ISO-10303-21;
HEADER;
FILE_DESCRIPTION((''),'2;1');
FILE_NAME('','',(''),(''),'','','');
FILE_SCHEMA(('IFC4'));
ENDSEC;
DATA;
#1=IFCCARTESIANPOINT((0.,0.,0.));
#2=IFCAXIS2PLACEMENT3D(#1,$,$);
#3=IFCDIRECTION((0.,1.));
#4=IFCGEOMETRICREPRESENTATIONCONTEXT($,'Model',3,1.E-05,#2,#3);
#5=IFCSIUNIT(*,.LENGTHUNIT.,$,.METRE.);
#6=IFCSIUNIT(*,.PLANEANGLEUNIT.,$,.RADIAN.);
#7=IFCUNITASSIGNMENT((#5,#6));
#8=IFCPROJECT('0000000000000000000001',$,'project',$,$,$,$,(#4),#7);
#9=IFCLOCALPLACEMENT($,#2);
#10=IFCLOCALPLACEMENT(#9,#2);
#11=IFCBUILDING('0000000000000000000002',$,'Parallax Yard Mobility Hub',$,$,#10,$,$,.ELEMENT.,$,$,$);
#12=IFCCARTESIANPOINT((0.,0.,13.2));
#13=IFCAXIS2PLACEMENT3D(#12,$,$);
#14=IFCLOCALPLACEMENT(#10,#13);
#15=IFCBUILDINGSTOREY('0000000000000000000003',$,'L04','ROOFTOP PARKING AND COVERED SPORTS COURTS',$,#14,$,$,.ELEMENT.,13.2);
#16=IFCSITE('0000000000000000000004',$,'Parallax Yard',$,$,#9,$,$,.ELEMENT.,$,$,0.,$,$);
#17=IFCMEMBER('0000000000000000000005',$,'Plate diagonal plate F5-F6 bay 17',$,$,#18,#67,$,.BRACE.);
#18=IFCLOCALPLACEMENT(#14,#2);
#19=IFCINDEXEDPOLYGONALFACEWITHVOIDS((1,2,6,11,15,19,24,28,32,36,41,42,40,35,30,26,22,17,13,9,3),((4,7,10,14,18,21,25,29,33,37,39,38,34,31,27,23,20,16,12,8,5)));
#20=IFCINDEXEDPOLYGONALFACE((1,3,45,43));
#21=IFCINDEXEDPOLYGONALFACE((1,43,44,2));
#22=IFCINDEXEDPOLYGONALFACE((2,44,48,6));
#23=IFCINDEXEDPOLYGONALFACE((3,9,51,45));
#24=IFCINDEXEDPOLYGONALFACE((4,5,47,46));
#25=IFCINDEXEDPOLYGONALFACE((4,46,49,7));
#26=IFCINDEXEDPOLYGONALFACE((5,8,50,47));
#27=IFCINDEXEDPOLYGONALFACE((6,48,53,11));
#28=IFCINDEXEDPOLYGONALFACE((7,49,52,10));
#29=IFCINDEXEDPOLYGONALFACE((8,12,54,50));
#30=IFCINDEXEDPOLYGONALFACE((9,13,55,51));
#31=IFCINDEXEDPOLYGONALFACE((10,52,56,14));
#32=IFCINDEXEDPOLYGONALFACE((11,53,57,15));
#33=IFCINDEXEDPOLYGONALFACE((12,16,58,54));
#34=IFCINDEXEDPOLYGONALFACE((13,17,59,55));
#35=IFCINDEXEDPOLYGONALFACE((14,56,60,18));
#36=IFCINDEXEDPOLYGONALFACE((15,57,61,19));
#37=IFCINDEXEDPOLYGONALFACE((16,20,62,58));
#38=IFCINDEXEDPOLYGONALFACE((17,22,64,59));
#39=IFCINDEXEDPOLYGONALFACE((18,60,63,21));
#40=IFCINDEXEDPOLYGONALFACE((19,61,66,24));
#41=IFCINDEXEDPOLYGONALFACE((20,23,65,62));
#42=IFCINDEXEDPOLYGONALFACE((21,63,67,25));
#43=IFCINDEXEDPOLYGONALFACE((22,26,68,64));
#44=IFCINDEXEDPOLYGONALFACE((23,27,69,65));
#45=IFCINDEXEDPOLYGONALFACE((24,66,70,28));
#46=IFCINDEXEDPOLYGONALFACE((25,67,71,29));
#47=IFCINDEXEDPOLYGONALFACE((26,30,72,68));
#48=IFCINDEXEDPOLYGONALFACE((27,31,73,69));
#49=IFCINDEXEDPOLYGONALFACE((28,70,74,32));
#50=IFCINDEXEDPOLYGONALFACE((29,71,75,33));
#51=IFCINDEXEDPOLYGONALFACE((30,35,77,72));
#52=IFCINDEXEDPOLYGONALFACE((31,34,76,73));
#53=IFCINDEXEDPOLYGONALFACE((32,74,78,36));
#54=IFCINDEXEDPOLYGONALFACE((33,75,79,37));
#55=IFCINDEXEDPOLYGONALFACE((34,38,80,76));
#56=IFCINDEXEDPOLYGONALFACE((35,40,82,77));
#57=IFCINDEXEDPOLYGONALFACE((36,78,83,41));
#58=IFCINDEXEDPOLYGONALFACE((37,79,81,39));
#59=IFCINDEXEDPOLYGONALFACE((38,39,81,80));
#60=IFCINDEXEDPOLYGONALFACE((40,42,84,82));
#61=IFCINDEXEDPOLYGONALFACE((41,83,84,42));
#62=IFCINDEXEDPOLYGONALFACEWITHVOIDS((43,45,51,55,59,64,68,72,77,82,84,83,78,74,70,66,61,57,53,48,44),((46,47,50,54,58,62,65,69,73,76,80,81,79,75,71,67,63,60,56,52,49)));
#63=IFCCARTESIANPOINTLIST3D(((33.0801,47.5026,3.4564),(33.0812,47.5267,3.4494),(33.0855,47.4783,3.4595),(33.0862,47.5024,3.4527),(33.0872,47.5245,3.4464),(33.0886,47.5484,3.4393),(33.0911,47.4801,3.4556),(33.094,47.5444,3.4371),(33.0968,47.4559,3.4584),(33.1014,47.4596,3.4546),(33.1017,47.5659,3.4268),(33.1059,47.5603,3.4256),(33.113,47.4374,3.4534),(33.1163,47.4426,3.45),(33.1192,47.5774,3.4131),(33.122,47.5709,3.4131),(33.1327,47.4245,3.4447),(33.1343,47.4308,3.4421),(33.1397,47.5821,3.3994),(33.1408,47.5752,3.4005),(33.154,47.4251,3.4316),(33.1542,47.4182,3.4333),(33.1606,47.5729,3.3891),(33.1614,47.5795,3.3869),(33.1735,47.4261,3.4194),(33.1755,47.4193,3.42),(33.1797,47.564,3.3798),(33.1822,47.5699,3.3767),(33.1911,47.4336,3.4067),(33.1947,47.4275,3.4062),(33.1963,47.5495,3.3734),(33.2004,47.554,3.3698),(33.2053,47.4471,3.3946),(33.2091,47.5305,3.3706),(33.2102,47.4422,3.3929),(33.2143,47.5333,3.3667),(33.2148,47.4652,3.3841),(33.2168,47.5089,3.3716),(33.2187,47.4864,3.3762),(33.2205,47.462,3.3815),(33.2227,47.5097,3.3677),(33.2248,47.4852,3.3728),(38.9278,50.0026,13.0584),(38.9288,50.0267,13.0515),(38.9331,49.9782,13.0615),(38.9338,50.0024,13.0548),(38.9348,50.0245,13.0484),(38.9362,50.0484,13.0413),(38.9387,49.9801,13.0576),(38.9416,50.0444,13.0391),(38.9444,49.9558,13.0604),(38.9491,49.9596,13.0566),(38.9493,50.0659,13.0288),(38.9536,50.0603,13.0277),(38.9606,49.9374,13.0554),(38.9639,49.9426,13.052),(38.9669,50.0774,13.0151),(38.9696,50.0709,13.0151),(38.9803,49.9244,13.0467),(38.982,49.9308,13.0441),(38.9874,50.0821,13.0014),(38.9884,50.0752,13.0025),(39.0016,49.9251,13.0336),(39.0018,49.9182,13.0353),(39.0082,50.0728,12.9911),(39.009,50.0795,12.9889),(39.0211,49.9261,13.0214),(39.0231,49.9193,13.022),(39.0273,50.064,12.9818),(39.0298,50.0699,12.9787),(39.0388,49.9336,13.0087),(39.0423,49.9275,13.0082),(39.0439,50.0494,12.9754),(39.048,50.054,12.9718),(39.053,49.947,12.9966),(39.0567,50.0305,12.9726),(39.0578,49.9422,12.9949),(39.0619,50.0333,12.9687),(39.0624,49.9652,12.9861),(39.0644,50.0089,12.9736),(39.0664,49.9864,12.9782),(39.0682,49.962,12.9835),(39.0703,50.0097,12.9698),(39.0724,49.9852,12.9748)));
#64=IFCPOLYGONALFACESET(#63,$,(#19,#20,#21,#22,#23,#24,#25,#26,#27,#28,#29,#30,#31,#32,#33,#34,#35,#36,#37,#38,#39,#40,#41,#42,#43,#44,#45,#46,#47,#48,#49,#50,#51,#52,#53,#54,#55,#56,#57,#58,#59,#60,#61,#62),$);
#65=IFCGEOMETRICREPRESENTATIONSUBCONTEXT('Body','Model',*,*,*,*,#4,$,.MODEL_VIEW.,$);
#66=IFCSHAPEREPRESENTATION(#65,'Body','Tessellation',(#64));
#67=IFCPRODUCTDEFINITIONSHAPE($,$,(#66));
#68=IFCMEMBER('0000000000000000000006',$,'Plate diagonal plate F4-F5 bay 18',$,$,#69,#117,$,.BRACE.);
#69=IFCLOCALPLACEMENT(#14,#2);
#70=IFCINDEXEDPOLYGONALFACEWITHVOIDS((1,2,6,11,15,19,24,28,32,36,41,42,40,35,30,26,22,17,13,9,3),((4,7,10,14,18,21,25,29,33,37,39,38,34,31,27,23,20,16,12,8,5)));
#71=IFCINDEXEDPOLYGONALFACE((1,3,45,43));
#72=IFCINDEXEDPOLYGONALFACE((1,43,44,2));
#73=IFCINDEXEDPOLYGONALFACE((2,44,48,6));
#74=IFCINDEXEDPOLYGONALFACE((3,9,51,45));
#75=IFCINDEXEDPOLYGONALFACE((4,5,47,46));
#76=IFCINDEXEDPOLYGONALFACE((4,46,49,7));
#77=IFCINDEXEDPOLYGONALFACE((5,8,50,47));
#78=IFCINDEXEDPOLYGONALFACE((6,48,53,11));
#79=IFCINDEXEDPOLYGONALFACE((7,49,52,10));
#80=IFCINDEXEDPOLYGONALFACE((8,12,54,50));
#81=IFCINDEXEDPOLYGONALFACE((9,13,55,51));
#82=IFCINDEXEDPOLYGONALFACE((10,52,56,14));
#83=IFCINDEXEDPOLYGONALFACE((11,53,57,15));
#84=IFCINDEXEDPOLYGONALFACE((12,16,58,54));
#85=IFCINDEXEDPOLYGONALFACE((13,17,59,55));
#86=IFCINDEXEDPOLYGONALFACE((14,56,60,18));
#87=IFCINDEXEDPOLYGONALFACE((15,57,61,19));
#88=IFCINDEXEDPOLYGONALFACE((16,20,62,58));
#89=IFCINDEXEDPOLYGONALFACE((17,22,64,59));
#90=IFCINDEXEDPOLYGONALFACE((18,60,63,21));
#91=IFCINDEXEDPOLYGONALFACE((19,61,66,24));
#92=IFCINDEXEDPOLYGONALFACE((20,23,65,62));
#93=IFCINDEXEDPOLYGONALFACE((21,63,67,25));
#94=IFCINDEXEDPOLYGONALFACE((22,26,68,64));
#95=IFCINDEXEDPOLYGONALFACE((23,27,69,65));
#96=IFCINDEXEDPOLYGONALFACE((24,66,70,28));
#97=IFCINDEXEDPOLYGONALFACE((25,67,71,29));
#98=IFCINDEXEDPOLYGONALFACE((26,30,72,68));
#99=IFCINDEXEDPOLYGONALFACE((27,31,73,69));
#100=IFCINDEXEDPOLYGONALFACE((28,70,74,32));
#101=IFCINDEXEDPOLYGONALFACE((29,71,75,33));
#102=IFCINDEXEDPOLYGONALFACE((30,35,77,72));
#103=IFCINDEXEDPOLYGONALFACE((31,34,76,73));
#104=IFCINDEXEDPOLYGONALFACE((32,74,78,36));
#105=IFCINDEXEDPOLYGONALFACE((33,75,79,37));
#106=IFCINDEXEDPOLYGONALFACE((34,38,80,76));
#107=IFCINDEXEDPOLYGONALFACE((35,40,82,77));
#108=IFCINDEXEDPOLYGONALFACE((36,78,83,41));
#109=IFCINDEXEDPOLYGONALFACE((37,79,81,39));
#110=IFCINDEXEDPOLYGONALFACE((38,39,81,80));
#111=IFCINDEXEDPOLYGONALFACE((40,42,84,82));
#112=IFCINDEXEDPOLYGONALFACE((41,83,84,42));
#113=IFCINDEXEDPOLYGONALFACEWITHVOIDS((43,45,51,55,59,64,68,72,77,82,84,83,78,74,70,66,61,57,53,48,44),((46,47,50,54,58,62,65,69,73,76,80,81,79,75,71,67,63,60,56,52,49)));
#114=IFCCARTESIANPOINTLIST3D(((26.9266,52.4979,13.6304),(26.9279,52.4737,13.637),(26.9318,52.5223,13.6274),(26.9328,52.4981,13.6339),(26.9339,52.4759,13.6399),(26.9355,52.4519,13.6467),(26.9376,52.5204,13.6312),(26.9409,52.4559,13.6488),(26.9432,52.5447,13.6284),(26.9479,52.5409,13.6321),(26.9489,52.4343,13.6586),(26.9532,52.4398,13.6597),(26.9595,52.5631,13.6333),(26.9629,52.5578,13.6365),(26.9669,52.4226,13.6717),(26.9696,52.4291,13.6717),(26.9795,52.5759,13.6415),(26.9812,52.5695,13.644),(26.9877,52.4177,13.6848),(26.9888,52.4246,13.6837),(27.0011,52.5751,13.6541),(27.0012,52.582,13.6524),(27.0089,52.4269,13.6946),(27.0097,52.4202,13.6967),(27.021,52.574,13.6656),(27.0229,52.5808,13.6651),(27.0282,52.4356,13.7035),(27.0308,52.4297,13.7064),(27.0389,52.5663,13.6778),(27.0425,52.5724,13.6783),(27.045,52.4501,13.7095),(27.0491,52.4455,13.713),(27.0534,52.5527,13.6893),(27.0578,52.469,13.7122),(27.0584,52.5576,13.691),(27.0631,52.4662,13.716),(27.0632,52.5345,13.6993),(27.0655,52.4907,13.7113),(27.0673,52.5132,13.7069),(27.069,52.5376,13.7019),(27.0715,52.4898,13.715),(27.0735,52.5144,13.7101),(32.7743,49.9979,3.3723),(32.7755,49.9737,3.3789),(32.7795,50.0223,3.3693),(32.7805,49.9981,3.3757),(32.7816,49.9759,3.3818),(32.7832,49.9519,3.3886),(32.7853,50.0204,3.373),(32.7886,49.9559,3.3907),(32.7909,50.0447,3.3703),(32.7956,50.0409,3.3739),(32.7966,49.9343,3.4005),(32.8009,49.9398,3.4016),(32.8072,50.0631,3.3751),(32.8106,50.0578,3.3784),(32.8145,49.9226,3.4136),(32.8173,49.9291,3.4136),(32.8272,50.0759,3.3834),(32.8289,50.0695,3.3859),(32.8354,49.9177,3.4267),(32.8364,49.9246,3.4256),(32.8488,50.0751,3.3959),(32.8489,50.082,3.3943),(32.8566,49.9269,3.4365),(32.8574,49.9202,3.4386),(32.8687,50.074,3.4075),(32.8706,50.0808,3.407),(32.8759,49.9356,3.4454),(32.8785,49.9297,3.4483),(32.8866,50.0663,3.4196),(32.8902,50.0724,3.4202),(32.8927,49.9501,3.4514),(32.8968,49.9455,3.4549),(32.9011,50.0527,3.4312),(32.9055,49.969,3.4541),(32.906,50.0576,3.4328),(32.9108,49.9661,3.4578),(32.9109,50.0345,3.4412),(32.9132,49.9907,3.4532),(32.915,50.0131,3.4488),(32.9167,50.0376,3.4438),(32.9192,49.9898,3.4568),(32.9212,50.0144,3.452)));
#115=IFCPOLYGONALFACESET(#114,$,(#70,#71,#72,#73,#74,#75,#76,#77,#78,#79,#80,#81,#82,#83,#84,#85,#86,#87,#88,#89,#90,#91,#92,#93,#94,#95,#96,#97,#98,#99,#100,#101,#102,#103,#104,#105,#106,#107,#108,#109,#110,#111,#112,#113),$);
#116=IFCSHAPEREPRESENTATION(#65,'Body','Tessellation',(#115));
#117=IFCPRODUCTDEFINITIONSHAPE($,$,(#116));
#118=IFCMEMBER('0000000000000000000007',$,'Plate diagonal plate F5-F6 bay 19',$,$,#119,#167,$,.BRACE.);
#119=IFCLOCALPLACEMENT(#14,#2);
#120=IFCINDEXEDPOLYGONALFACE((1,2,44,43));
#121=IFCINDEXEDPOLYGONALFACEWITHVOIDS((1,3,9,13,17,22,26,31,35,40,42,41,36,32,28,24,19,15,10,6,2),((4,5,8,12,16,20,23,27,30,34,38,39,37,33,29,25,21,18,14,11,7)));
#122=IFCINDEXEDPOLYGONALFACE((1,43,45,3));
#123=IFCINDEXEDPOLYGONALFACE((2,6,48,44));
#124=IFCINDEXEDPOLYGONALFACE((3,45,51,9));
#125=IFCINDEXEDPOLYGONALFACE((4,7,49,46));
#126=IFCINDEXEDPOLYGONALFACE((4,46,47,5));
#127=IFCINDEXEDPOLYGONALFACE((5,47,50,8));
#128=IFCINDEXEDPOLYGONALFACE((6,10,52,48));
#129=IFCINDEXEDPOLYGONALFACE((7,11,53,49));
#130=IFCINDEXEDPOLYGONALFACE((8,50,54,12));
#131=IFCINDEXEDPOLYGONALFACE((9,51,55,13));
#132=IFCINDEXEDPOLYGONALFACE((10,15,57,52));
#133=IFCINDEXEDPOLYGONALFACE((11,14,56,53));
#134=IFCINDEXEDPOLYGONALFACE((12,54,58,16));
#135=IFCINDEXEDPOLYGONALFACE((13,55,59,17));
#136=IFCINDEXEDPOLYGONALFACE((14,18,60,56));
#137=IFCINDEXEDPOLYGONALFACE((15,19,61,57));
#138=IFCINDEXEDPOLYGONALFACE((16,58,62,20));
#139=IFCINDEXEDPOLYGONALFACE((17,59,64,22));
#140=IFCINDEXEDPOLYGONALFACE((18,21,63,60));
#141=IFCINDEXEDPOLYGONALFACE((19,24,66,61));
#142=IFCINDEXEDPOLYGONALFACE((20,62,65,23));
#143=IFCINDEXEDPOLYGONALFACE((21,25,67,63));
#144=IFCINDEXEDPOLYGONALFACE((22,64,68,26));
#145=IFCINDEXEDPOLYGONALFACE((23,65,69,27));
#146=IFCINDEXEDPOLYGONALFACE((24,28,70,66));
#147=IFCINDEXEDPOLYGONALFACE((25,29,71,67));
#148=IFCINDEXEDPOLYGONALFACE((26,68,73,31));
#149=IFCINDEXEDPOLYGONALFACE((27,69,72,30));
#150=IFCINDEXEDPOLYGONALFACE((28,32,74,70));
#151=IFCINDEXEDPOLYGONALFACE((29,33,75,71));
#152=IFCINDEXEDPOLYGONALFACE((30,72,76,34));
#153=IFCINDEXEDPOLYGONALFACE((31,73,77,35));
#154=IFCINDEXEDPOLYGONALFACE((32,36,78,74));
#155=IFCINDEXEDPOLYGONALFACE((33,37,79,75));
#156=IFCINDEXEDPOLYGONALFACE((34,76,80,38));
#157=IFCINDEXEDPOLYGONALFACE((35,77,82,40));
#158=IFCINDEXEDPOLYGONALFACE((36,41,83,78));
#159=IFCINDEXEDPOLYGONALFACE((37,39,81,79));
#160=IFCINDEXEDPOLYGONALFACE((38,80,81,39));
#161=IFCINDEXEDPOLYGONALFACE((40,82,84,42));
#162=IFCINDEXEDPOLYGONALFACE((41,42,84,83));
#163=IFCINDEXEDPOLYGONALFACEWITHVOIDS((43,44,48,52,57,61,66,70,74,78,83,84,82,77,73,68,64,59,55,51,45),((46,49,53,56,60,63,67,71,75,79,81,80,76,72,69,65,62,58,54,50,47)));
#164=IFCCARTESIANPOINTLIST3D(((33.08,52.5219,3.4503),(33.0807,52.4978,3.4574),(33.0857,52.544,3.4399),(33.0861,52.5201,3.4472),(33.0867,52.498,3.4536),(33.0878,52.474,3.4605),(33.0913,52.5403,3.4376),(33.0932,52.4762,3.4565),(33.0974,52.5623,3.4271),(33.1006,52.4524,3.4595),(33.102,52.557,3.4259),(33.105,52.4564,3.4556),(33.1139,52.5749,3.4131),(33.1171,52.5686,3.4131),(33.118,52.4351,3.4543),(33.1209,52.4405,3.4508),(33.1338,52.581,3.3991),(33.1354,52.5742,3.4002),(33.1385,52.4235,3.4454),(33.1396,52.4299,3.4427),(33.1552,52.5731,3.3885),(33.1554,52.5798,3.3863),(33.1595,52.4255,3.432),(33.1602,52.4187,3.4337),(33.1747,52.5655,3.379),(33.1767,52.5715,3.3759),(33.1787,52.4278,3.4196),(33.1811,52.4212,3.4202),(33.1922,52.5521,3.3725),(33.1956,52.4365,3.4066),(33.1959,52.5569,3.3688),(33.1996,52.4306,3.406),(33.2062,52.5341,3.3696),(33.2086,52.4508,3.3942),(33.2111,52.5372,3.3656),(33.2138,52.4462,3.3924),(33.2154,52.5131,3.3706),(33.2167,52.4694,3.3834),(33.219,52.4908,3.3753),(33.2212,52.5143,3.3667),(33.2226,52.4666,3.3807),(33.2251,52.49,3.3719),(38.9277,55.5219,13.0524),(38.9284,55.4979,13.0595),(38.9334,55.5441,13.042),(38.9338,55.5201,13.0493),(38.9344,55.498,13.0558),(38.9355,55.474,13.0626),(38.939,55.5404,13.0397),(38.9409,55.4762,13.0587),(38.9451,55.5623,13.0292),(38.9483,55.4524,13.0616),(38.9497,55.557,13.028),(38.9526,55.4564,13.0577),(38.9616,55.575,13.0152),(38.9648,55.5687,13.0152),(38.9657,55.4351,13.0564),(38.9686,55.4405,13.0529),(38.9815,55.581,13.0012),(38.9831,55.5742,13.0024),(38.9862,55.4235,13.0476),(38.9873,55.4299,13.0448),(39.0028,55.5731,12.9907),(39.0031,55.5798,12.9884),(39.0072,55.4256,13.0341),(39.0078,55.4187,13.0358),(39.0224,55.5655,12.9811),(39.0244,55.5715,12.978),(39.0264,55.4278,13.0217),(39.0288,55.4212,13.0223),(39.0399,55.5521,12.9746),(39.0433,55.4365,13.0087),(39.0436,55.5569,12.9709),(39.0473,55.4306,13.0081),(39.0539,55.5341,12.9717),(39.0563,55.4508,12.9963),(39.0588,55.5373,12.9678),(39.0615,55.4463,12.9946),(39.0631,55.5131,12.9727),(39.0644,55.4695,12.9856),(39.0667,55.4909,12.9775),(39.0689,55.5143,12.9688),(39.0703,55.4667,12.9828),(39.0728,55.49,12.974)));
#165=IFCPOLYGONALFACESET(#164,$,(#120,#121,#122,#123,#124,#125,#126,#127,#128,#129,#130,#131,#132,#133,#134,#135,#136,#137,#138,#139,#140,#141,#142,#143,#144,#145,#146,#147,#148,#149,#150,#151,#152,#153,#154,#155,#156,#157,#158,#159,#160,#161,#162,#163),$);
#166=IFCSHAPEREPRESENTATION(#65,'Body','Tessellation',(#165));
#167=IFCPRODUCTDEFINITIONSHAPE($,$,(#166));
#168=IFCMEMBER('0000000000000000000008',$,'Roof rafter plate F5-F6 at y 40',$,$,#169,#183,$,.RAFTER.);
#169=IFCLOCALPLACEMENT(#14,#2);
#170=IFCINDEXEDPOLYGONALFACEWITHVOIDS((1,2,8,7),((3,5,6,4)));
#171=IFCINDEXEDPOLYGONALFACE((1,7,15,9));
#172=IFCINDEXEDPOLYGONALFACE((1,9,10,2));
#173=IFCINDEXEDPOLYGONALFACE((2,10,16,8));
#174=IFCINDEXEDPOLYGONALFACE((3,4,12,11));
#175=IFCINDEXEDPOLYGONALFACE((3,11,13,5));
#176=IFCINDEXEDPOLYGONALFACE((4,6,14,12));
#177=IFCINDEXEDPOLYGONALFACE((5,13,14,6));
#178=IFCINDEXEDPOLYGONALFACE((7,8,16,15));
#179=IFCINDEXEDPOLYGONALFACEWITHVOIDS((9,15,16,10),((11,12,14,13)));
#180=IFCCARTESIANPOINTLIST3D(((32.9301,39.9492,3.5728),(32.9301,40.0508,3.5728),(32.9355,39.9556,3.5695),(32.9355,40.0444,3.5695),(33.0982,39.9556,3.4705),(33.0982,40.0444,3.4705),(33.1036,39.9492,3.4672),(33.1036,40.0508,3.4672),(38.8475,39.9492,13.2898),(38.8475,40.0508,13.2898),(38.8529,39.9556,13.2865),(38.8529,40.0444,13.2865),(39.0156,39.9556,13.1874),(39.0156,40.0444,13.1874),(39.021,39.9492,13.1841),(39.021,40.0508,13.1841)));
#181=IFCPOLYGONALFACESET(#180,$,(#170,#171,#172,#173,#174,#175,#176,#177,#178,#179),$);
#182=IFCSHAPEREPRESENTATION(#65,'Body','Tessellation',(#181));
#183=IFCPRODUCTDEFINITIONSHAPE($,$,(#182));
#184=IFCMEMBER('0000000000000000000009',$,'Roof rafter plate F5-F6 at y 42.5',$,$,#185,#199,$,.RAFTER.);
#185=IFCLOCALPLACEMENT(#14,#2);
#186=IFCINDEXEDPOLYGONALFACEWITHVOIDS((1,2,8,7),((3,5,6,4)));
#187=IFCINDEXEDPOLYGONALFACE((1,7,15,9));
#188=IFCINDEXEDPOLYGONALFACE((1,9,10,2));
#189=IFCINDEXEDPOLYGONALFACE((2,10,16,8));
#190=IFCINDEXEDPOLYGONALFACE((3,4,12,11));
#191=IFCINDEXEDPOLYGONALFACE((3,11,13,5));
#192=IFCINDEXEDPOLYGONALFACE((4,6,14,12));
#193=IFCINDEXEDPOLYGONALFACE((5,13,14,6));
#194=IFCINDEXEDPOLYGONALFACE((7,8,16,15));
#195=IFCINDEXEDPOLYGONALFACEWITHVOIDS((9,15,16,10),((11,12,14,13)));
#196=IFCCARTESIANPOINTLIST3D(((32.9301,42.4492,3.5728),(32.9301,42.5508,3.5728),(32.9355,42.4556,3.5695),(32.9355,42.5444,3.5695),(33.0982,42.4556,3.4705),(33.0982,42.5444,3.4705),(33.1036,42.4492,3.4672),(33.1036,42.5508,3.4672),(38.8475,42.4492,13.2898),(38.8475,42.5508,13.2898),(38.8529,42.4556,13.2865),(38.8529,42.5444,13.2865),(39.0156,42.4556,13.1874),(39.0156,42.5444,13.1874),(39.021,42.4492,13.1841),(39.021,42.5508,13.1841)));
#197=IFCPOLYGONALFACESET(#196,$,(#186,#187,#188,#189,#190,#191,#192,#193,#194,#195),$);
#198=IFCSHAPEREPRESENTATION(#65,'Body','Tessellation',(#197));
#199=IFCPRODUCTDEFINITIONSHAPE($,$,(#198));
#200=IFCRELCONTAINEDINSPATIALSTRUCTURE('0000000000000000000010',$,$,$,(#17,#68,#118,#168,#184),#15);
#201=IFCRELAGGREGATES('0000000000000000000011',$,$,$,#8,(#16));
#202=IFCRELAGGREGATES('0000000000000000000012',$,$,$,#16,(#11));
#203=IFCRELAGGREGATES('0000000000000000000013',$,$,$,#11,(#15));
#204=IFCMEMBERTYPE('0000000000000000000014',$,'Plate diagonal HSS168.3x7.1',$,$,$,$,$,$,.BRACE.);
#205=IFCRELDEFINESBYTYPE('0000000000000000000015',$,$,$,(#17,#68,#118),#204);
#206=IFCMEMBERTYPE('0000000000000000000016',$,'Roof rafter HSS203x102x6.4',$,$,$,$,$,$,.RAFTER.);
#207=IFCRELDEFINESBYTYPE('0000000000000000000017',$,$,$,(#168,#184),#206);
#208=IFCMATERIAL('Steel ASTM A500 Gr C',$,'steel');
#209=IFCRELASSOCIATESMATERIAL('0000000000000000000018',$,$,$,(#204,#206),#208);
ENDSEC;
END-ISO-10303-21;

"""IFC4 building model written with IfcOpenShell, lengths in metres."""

from ifc_helpers import new_model, si_unit, direction, frame, origin, origin_2d, place, context, subcontext, project, spatial, hollow_rectangle, hollow_circle, extrude, material, material_profile, profile_set, type_object, element, save


model = new_model("IFC4")

# Units and contexts
model_context = context("Model", 3, precision=1e-05, world=origin(), true_north=direction((0.0, 1.0)))
body_context = subcontext(model_context, "Body", "Model", "MODEL_VIEW")
ifc_project = project(units=[si_unit("LENGTHUNIT", "METRE"), si_unit("PLANEANGLEUNIT", "RADIAN")], contexts=[model_context])

# Site, building, storey
site_placement = place(None, origin())
site = spatial("IfcSite", under=ifc_project, at=site_placement, Name="Parallax Yard", CompositionType="ELEMENT", RefElevation=0.0)
building_placement = place(site_placement, origin())
building = spatial("IfcBuilding", under=site, at=building_placement, Name="Parallax Yard Mobility Hub", CompositionType="ELEMENT")
storey_placement = place(building_placement, frame((0.0, 0.0, 13.2)))
storey = spatial("IfcBuildingStorey", under=building, at=storey_placement, Name="L04", Description="ROOFTOP PARKING AND COVERED SPORTS COURTS", CompositionType="ELEMENT", Elevation=13.2)

# Members
ifc_material_1 = material(Name="Steel ASTM A500 Gr C", Category="steel")
ifc_material_profile_1 = material_profile(ifc_material_1, hollow_circle(Radius=0.0842, WallThickness=0.0071, at=origin_2d()), Name="HSS168.3x7.1")
ifc_profile_set_1 = profile_set([ifc_material_profile_1], Name="Steel ASTM A500 Gr C")
member_type_1 = type_object("IfcMemberType", Name="Plate diagonal HSS168.3x7.1", PredefinedType="BRACE", material=ifc_profile_set_1)
member_1_placement = place(storey_placement, frame((33.1523, 47.5, 3.4131), z_axis=(0.507735, 0.217068, 0.833718), x_axis=(-0.393104, 0.919494, 0.0)))
element("IfcMember", 1, at=member_1_placement, inside=storey, type_object=member_type_1, Name="Plate diagonal plate F5-F6 bay 17", PredefinedType="BRACE", context=body_context, shape_type="SweptSolid", body=[
    extrude(hollow_circle(Radius=0.0842, WallThickness=0.0071, at=origin_2d()), origin(), (0.0, 0.0, 1.0), 11.5171),
])
member_2_placement = place(storey_placement, frame((32.8477, 50.0, 3.4136), z_axis=(-0.484499, 0.207134, 0.849916), x_axis=(-0.393104, -0.919494, 0.0)))
element("IfcMember", 2, at=member_2_placement, inside=storey, type_object=member_type_1, Name="Plate diagonal plate F4-F5 bay 18", PredefinedType="BRACE", context=body_context, shape_type="SweptSolid", body=[
    extrude(hollow_circle(Radius=0.0842, WallThickness=0.0071, at=origin_2d()), origin(), (0.0, 0.0, 1.0), 12.0696),
])
member_3_placement = place(storey_placement, frame((33.1523, 52.5, 3.4131), z_axis=(0.502552, 0.257822, 0.825208), x_axis=(-0.456461, 0.889743, 0.0)))
element("IfcMember", 3, at=member_3_placement, inside=storey, type_object=member_type_1, Name="Plate diagonal plate F5-F6 bay 19", PredefinedType="BRACE", context=body_context, shape_type="SweptSolid", body=[
    extrude(hollow_circle(Radius=0.0842, WallThickness=0.0071, at=origin_2d()), origin(), (0.0, 0.0, 1.0), 11.636),
])
ifc_material_profile_2 = material_profile(ifc_material_1, hollow_rectangle(XDim=0.1016, YDim=0.2031, WallThickness=0.0063, at=origin_2d()), Name="HSS203x102x6.4")
ifc_profile_set_2 = profile_set([ifc_material_profile_2], Name="Steel ASTM A500 Gr C")
member_type_2 = type_object("IfcMemberType", Name="Roof rafter HSS203x102x6.4", PredefinedType="RAFTER", material=ifc_profile_set_2)
for number, where, z_axis, x_axis, name in (
    (4, (33.0168, 40.0, 3.52), (0.520124, 0.0, 0.854091), (0.0, 1.0, 0.0), "Roof rafter plate F5-F6 at y 40"),
    (5, (33.0168, 42.5, 3.52), (0.520124, 0.0, 0.854091), (0.0, 1.0, 0.0), "Roof rafter plate F5-F6 at y 42.5"),
):
    element("IfcMember", number, at=place(storey_placement, frame(where, z_axis=z_axis, x_axis=x_axis)), inside=storey, type_object=member_type_2, Name=name, PredefinedType="RAFTER", context=body_context, shape_type="SweptSolid", body=[
        extrude(hollow_rectangle(XDim=0.1016, YDim=0.2031, WallThickness=0.0063, at=origin_2d()), origin(), (0.0, 0.0, 1.0), 11.377),
    ])

save(model, "model.ifc")
